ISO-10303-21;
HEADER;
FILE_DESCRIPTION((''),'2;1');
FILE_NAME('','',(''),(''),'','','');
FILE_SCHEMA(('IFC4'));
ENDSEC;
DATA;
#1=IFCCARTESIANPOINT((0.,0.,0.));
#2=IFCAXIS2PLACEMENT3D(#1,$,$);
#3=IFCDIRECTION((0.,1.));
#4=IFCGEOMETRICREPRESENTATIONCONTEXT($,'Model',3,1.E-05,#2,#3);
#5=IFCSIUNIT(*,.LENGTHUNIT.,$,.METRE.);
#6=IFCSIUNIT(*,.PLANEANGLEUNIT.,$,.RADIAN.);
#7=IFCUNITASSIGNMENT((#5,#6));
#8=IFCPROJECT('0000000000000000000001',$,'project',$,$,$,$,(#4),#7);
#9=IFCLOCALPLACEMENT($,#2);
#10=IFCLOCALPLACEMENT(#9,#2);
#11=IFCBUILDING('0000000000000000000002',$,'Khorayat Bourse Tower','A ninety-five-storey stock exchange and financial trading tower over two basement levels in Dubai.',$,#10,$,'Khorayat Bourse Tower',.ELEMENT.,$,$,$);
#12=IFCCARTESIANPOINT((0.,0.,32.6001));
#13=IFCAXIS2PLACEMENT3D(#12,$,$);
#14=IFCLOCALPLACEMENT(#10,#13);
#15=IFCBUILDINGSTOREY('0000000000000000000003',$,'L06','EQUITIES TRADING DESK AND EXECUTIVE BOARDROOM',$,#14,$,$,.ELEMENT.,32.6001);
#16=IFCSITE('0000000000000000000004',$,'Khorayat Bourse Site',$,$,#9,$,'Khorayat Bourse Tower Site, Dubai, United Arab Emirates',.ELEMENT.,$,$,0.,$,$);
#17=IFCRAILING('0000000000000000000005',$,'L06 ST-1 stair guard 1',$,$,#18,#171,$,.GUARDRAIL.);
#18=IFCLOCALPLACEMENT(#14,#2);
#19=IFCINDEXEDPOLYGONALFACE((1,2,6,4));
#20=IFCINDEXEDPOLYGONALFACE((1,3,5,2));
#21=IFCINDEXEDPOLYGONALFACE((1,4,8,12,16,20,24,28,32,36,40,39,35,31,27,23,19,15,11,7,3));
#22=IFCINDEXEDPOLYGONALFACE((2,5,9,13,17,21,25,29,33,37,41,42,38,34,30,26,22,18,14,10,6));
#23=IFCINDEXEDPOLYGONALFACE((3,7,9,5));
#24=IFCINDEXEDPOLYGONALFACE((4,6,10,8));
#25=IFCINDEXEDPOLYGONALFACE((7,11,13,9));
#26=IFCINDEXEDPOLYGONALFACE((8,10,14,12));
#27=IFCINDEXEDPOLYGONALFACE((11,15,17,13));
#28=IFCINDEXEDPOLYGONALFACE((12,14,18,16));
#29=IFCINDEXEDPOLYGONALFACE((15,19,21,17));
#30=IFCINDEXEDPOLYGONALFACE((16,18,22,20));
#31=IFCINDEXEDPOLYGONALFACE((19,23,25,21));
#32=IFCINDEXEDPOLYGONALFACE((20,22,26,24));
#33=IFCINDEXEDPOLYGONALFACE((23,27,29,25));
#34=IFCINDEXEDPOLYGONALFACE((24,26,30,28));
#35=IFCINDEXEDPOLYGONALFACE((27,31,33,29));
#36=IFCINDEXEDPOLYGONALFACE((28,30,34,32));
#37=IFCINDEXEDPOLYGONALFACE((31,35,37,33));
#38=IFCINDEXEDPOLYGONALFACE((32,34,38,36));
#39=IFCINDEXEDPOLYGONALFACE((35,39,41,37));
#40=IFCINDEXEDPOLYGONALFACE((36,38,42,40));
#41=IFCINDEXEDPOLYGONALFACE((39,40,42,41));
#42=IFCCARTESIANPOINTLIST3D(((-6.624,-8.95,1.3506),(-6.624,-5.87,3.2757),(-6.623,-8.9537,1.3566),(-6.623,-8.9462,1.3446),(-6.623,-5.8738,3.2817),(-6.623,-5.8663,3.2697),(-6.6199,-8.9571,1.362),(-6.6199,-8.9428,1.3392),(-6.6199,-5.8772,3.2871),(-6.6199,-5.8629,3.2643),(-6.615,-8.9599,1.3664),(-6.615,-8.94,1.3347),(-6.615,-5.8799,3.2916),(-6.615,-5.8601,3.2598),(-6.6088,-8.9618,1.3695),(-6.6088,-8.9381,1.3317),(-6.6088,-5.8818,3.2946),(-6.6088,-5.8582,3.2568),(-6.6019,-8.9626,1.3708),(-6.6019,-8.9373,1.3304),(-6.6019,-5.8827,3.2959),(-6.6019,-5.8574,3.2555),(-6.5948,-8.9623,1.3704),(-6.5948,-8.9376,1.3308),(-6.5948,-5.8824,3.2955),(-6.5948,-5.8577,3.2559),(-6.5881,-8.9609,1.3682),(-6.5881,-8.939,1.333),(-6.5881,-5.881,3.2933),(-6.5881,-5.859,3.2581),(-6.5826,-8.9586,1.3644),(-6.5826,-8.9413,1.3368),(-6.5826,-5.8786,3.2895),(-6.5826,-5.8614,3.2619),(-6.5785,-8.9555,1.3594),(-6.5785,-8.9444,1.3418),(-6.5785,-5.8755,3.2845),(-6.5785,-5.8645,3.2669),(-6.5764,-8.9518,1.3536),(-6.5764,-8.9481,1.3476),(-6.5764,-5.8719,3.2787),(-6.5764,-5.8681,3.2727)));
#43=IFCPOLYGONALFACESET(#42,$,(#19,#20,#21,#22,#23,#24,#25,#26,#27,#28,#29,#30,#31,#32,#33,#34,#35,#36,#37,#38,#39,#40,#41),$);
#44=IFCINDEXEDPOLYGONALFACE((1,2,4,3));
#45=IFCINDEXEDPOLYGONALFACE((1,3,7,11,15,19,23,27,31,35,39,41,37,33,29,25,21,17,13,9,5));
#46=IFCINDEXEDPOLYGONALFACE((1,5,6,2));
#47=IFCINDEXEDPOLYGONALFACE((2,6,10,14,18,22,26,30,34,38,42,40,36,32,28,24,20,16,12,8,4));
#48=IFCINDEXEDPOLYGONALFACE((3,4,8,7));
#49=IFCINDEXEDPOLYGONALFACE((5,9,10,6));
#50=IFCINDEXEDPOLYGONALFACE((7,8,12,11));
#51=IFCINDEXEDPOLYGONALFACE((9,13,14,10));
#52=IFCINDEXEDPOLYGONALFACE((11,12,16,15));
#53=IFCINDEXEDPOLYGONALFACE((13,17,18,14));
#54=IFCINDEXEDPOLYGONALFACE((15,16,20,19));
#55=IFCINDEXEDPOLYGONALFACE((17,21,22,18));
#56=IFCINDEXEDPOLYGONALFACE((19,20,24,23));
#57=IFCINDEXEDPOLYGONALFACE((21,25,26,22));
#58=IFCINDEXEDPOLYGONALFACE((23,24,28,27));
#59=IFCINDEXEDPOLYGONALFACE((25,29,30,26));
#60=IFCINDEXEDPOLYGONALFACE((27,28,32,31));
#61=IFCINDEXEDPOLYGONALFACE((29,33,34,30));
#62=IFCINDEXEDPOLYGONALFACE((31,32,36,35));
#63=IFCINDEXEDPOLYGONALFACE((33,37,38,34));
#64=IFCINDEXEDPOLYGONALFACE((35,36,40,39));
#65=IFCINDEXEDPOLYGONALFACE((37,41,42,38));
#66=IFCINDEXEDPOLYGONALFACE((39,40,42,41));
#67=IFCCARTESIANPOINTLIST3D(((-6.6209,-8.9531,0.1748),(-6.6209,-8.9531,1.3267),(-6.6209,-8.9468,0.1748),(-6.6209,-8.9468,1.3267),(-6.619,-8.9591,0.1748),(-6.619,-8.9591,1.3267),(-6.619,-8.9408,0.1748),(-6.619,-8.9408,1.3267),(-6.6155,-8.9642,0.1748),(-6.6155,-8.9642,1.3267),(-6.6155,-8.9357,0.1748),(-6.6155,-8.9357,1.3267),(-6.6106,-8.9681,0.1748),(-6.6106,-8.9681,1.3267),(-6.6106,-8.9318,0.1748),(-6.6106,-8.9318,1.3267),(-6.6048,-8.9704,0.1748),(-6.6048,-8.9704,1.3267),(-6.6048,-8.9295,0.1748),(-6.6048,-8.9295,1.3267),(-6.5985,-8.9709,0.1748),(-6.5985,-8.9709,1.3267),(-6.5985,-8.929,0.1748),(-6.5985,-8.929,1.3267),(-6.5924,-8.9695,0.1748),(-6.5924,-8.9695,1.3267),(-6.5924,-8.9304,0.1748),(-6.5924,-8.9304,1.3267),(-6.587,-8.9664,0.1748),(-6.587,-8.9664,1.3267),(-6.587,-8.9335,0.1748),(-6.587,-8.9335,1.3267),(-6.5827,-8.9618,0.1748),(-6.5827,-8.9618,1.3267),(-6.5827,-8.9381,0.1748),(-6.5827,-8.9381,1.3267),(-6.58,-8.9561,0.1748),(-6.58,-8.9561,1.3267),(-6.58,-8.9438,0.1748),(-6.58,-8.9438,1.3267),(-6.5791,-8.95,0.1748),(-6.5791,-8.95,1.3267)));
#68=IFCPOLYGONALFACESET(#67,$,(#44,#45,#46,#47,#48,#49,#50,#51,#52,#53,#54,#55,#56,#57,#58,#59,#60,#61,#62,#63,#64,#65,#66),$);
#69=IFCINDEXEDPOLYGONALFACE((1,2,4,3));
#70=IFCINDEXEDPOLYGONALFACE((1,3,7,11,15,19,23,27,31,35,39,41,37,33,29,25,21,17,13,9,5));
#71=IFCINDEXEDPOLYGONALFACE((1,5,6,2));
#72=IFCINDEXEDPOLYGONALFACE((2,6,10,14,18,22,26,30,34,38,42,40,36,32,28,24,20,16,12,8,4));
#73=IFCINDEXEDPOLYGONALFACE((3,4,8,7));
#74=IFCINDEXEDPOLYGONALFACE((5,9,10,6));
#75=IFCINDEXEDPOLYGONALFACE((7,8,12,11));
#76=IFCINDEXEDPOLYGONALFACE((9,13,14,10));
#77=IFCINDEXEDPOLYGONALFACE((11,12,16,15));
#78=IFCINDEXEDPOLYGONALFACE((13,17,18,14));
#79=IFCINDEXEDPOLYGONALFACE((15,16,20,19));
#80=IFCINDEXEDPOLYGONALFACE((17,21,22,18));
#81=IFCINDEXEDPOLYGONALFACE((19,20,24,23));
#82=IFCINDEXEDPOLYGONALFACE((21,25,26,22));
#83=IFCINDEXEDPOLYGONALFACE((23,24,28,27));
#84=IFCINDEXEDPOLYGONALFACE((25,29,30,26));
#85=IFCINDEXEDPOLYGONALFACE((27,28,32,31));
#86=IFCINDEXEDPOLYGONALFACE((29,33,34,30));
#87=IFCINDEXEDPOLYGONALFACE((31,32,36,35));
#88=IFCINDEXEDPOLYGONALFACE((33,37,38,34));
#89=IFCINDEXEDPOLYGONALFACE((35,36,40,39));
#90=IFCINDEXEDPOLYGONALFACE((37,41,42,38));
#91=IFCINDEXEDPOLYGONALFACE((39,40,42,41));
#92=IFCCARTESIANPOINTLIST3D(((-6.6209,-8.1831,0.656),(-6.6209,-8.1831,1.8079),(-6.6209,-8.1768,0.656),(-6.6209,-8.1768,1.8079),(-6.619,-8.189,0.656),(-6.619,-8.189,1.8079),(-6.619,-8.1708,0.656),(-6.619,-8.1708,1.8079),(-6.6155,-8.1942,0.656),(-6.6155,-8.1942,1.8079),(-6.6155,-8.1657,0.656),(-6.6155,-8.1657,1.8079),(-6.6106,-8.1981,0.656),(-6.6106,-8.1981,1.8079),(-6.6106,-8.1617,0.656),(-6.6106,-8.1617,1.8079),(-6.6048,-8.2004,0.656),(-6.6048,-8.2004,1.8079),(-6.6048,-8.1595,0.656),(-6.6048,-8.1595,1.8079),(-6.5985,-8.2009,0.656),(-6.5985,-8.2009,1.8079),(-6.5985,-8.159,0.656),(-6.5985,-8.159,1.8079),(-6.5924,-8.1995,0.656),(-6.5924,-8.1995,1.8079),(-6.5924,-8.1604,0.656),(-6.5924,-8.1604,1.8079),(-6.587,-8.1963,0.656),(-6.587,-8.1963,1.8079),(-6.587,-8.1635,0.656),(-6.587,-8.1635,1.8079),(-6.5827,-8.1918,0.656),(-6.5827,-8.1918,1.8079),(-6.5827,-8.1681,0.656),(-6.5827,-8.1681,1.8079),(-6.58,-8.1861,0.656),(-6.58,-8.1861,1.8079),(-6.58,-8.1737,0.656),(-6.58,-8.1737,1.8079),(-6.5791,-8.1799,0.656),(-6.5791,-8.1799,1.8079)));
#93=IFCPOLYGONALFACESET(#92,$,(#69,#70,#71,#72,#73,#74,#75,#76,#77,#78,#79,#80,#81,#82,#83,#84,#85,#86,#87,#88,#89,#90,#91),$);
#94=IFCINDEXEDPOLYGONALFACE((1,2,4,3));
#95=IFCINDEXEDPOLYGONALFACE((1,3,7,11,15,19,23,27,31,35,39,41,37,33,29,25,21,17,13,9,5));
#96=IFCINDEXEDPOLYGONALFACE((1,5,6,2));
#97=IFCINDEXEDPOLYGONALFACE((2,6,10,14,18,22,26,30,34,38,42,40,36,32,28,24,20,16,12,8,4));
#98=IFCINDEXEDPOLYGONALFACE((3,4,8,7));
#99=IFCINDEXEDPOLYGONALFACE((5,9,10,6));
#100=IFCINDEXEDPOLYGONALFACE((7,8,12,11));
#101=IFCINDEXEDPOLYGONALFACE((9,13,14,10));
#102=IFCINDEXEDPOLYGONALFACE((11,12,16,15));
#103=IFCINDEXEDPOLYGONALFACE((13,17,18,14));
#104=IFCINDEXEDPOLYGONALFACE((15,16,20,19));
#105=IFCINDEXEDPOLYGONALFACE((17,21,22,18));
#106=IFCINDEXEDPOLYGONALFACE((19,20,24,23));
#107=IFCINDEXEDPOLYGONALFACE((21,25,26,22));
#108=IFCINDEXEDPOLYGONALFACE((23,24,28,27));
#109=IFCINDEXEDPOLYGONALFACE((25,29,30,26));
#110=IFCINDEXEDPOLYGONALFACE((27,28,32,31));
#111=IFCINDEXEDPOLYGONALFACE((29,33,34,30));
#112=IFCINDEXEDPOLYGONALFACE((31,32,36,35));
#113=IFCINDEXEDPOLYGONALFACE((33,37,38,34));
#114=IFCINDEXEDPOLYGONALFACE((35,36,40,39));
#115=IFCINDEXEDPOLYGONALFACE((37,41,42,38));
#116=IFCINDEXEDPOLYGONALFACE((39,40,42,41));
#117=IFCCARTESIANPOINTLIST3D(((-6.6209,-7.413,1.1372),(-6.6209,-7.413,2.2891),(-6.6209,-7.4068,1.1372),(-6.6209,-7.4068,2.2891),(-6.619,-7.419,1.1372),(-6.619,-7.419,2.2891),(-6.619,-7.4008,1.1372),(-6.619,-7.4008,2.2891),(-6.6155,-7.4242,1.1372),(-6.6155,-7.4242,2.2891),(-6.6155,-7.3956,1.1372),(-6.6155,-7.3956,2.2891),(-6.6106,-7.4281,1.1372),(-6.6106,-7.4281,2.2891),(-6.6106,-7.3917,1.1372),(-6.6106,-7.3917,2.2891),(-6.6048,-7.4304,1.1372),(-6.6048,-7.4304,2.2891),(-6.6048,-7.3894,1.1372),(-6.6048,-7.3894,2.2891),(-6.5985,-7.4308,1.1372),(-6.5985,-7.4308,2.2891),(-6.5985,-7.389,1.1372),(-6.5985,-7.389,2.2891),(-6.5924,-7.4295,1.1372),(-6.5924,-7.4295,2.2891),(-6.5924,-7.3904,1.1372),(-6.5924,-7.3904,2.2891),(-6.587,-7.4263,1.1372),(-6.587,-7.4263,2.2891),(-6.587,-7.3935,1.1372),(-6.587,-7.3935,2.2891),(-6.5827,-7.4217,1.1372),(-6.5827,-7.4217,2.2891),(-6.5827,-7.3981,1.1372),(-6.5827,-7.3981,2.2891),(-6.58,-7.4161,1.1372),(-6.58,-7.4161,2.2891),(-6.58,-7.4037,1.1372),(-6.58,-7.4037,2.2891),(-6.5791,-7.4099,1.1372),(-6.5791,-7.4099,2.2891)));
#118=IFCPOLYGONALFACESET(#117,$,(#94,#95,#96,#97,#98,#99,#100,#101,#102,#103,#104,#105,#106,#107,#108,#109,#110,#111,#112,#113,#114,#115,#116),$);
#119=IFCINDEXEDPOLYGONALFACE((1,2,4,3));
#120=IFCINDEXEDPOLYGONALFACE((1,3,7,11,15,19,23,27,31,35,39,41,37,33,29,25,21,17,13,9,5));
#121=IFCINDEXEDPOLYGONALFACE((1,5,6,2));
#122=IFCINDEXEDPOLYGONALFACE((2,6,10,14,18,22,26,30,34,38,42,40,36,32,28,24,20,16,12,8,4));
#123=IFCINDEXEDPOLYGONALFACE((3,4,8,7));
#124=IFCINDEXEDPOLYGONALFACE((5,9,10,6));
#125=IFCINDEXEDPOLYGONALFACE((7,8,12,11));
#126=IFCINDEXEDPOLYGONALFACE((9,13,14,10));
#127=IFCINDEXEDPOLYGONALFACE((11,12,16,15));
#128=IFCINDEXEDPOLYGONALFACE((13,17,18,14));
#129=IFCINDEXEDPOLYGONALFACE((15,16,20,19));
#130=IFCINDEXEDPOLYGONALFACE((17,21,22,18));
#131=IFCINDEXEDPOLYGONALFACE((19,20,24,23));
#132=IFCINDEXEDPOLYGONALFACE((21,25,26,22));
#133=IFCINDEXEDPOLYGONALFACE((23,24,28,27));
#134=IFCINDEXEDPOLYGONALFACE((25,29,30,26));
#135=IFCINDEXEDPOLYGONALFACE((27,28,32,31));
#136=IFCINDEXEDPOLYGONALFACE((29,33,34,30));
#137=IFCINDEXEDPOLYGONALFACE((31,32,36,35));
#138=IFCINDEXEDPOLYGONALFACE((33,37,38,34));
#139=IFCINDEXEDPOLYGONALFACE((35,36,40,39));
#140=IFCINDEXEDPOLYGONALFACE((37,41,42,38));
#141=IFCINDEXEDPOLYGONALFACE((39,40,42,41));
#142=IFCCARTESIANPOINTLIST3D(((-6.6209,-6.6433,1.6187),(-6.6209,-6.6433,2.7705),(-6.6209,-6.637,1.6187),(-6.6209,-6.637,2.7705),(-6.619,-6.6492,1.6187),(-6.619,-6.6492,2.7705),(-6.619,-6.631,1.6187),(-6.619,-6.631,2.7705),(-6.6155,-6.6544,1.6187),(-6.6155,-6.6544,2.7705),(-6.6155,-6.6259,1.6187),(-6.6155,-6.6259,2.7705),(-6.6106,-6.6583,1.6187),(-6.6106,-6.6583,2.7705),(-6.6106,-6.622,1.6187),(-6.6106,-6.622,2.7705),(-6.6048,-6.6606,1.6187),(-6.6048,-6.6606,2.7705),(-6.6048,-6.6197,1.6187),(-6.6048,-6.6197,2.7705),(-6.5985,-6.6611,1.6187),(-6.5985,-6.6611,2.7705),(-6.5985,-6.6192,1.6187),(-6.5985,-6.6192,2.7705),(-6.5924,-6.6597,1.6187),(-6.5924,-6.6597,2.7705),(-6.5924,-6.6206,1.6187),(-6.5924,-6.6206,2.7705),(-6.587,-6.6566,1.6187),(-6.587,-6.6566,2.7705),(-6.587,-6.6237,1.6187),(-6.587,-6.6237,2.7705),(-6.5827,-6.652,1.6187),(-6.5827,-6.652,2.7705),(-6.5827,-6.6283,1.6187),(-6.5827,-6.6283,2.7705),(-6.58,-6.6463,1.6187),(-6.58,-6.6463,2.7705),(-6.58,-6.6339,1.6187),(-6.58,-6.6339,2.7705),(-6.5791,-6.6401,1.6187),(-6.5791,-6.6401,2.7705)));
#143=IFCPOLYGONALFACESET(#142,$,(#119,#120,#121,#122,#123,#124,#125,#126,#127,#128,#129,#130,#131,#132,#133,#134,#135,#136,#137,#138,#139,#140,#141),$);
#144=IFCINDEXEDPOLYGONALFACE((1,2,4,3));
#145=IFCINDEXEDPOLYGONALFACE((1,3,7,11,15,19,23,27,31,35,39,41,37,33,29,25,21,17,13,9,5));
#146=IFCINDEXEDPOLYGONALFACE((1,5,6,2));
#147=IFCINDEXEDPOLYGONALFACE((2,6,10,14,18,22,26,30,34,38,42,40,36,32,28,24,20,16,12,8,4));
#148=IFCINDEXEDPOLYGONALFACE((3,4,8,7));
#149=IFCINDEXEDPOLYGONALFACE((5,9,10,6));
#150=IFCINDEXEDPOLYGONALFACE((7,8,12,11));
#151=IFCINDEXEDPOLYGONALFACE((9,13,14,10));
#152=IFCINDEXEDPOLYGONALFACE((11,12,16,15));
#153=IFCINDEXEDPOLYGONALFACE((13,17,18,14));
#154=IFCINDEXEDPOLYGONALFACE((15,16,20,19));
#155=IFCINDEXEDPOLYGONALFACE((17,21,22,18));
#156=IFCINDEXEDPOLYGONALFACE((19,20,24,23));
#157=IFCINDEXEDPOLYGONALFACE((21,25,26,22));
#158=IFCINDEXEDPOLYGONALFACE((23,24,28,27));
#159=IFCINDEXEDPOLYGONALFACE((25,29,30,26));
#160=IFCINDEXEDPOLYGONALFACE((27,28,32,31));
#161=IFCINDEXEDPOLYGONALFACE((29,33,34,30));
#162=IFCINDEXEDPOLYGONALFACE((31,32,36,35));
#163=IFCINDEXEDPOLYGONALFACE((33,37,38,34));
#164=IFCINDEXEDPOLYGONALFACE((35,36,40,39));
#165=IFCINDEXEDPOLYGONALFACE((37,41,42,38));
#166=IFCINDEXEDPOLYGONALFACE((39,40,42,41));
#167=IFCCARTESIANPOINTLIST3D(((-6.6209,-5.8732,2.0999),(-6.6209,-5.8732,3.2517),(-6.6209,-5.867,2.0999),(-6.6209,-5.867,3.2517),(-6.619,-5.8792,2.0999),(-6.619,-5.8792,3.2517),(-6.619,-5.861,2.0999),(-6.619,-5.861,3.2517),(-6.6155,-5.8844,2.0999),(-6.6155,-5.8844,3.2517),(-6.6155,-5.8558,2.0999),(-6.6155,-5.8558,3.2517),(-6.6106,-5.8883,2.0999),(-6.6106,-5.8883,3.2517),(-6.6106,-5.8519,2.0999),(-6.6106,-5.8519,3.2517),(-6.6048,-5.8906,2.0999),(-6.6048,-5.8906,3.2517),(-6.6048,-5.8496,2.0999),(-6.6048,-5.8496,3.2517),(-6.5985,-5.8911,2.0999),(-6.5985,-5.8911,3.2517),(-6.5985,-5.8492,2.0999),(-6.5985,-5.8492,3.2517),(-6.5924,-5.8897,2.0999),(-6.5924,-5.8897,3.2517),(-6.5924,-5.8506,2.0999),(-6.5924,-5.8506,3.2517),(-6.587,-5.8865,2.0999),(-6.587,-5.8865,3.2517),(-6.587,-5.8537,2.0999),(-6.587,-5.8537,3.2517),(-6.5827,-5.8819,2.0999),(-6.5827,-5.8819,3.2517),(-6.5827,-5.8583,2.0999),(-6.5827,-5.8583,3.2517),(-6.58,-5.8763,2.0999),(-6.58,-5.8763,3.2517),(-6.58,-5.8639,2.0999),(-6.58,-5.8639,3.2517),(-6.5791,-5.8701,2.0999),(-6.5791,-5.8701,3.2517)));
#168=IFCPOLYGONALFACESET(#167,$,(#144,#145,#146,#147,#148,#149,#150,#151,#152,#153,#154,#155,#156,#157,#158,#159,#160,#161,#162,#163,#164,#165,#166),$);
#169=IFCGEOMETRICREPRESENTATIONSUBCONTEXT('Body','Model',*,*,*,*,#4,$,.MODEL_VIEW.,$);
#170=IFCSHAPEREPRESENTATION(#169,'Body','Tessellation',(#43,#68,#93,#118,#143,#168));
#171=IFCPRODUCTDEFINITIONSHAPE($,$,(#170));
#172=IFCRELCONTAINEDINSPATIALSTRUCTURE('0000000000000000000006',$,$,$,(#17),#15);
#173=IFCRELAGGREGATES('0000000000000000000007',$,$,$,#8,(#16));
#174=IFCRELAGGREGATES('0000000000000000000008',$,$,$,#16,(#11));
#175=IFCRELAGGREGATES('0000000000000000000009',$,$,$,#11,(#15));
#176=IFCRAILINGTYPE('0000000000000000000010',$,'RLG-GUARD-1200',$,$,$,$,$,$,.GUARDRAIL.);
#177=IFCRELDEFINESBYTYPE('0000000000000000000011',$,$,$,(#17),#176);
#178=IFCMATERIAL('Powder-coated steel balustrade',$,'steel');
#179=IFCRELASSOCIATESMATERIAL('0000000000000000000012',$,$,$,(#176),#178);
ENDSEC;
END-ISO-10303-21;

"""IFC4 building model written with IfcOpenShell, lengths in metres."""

from ifc_helpers import new_model, si_unit, direction, frame, origin, origin_2d, place, context, subcontext, project, spatial, circle, extrude, source, transform, mapped, material, type_object, element, save


model = new_model("IFC4")

# Units and contexts
model_context = context("Model", 3, precision=1e-05, world=origin(), true_north=direction((0.0, 1.0)))
body_context = subcontext(model_context, "Body", "Model", "MODEL_VIEW")
ifc_project = project(units=[si_unit("LENGTHUNIT", "METRE"), si_unit("PLANEANGLEUNIT", "RADIAN")], contexts=[model_context])

# Site, building, storey
site_placement = place(None, origin())
site = spatial("IfcSite", under=ifc_project, at=site_placement, Name="Khorayat Bourse Site", LongName="Khorayat Bourse Tower Site, Dubai, United Arab Emirates", CompositionType="ELEMENT", RefElevation=0.0)
building_placement = place(site_placement, origin())
building = spatial("IfcBuilding", under=site, at=building_placement, Name="Khorayat Bourse Tower", Description="A ninety-five-storey stock exchange and financial trading tower over two basement levels in Dubai.", LongName="Khorayat Bourse Tower", CompositionType="ELEMENT")
storey_placement = place(building_placement, frame((0.0, 0.0, 32.6001)))
storey = spatial("IfcBuildingStorey", under=building, at=storey_placement, Name="L06", Description="EQUITIES TRADING DESK AND EXECUTIVE BOARDROOM", CompositionType="ELEMENT", Elevation=32.6001)

# Railing
ifc_material_1 = material(Name="Powder-coated steel balustrade", Category="steel")
railing_type_1 = type_object("IfcRailingType", Name="RLG-GUARD-1200", PredefinedType="GUARDRAIL", material=ifc_material_1)
shared_shape_1 = source(origin(), body_context, "Body", "SweptSolid", [
    extrude(circle(Radius=0.0239, at=origin_2d()), frame((0.0, 0.0, 1.1758), z_axis=(0.0, 0.847979, 0.530029), x_axis=(-1.0, 0.0, 0.0)), (0.0, 0.0, 1.0), 3.6321),
    extrude(circle(Radius=0.021, at=origin_2d()), origin(), (0.0, 0.0, 1.0), 1.1519),
    extrude(circle(Radius=0.021, at=origin_2d()), frame((0.0, 0.77, 0.4812)), (0.0, 0.0, 1.0), 1.1519),
    extrude(circle(Radius=0.021, at=origin_2d()), frame((0.0, 1.54, 0.9624)), (0.0, 0.0, 1.0), 1.1519),
    extrude(circle(Radius=0.021, at=origin_2d()), frame((0.0, 2.3098, 1.4438)), (0.0, 0.0, 1.0), 1.1519),
    extrude(circle(Radius=0.021, at=origin_2d()), frame((0.0, 3.0798, 1.925)), (0.0, 0.0, 1.0), 1.1519),
])
railing_1_placement = place(storey_placement, frame((-6.6001, -8.95, 0.1748)))
element("IfcRailing", 1, at=railing_1_placement, inside=storey, type_object=railing_type_1, Name="L06 ST-1 stair guard 1", PredefinedType="GUARDRAIL", context=body_context, shape_type="MappedRepresentation", body=[
    mapped(shared_shape_1, transform((0.0, 0.0, 0.0), scale=1.0)),
])

save(model, "model.ifc")
